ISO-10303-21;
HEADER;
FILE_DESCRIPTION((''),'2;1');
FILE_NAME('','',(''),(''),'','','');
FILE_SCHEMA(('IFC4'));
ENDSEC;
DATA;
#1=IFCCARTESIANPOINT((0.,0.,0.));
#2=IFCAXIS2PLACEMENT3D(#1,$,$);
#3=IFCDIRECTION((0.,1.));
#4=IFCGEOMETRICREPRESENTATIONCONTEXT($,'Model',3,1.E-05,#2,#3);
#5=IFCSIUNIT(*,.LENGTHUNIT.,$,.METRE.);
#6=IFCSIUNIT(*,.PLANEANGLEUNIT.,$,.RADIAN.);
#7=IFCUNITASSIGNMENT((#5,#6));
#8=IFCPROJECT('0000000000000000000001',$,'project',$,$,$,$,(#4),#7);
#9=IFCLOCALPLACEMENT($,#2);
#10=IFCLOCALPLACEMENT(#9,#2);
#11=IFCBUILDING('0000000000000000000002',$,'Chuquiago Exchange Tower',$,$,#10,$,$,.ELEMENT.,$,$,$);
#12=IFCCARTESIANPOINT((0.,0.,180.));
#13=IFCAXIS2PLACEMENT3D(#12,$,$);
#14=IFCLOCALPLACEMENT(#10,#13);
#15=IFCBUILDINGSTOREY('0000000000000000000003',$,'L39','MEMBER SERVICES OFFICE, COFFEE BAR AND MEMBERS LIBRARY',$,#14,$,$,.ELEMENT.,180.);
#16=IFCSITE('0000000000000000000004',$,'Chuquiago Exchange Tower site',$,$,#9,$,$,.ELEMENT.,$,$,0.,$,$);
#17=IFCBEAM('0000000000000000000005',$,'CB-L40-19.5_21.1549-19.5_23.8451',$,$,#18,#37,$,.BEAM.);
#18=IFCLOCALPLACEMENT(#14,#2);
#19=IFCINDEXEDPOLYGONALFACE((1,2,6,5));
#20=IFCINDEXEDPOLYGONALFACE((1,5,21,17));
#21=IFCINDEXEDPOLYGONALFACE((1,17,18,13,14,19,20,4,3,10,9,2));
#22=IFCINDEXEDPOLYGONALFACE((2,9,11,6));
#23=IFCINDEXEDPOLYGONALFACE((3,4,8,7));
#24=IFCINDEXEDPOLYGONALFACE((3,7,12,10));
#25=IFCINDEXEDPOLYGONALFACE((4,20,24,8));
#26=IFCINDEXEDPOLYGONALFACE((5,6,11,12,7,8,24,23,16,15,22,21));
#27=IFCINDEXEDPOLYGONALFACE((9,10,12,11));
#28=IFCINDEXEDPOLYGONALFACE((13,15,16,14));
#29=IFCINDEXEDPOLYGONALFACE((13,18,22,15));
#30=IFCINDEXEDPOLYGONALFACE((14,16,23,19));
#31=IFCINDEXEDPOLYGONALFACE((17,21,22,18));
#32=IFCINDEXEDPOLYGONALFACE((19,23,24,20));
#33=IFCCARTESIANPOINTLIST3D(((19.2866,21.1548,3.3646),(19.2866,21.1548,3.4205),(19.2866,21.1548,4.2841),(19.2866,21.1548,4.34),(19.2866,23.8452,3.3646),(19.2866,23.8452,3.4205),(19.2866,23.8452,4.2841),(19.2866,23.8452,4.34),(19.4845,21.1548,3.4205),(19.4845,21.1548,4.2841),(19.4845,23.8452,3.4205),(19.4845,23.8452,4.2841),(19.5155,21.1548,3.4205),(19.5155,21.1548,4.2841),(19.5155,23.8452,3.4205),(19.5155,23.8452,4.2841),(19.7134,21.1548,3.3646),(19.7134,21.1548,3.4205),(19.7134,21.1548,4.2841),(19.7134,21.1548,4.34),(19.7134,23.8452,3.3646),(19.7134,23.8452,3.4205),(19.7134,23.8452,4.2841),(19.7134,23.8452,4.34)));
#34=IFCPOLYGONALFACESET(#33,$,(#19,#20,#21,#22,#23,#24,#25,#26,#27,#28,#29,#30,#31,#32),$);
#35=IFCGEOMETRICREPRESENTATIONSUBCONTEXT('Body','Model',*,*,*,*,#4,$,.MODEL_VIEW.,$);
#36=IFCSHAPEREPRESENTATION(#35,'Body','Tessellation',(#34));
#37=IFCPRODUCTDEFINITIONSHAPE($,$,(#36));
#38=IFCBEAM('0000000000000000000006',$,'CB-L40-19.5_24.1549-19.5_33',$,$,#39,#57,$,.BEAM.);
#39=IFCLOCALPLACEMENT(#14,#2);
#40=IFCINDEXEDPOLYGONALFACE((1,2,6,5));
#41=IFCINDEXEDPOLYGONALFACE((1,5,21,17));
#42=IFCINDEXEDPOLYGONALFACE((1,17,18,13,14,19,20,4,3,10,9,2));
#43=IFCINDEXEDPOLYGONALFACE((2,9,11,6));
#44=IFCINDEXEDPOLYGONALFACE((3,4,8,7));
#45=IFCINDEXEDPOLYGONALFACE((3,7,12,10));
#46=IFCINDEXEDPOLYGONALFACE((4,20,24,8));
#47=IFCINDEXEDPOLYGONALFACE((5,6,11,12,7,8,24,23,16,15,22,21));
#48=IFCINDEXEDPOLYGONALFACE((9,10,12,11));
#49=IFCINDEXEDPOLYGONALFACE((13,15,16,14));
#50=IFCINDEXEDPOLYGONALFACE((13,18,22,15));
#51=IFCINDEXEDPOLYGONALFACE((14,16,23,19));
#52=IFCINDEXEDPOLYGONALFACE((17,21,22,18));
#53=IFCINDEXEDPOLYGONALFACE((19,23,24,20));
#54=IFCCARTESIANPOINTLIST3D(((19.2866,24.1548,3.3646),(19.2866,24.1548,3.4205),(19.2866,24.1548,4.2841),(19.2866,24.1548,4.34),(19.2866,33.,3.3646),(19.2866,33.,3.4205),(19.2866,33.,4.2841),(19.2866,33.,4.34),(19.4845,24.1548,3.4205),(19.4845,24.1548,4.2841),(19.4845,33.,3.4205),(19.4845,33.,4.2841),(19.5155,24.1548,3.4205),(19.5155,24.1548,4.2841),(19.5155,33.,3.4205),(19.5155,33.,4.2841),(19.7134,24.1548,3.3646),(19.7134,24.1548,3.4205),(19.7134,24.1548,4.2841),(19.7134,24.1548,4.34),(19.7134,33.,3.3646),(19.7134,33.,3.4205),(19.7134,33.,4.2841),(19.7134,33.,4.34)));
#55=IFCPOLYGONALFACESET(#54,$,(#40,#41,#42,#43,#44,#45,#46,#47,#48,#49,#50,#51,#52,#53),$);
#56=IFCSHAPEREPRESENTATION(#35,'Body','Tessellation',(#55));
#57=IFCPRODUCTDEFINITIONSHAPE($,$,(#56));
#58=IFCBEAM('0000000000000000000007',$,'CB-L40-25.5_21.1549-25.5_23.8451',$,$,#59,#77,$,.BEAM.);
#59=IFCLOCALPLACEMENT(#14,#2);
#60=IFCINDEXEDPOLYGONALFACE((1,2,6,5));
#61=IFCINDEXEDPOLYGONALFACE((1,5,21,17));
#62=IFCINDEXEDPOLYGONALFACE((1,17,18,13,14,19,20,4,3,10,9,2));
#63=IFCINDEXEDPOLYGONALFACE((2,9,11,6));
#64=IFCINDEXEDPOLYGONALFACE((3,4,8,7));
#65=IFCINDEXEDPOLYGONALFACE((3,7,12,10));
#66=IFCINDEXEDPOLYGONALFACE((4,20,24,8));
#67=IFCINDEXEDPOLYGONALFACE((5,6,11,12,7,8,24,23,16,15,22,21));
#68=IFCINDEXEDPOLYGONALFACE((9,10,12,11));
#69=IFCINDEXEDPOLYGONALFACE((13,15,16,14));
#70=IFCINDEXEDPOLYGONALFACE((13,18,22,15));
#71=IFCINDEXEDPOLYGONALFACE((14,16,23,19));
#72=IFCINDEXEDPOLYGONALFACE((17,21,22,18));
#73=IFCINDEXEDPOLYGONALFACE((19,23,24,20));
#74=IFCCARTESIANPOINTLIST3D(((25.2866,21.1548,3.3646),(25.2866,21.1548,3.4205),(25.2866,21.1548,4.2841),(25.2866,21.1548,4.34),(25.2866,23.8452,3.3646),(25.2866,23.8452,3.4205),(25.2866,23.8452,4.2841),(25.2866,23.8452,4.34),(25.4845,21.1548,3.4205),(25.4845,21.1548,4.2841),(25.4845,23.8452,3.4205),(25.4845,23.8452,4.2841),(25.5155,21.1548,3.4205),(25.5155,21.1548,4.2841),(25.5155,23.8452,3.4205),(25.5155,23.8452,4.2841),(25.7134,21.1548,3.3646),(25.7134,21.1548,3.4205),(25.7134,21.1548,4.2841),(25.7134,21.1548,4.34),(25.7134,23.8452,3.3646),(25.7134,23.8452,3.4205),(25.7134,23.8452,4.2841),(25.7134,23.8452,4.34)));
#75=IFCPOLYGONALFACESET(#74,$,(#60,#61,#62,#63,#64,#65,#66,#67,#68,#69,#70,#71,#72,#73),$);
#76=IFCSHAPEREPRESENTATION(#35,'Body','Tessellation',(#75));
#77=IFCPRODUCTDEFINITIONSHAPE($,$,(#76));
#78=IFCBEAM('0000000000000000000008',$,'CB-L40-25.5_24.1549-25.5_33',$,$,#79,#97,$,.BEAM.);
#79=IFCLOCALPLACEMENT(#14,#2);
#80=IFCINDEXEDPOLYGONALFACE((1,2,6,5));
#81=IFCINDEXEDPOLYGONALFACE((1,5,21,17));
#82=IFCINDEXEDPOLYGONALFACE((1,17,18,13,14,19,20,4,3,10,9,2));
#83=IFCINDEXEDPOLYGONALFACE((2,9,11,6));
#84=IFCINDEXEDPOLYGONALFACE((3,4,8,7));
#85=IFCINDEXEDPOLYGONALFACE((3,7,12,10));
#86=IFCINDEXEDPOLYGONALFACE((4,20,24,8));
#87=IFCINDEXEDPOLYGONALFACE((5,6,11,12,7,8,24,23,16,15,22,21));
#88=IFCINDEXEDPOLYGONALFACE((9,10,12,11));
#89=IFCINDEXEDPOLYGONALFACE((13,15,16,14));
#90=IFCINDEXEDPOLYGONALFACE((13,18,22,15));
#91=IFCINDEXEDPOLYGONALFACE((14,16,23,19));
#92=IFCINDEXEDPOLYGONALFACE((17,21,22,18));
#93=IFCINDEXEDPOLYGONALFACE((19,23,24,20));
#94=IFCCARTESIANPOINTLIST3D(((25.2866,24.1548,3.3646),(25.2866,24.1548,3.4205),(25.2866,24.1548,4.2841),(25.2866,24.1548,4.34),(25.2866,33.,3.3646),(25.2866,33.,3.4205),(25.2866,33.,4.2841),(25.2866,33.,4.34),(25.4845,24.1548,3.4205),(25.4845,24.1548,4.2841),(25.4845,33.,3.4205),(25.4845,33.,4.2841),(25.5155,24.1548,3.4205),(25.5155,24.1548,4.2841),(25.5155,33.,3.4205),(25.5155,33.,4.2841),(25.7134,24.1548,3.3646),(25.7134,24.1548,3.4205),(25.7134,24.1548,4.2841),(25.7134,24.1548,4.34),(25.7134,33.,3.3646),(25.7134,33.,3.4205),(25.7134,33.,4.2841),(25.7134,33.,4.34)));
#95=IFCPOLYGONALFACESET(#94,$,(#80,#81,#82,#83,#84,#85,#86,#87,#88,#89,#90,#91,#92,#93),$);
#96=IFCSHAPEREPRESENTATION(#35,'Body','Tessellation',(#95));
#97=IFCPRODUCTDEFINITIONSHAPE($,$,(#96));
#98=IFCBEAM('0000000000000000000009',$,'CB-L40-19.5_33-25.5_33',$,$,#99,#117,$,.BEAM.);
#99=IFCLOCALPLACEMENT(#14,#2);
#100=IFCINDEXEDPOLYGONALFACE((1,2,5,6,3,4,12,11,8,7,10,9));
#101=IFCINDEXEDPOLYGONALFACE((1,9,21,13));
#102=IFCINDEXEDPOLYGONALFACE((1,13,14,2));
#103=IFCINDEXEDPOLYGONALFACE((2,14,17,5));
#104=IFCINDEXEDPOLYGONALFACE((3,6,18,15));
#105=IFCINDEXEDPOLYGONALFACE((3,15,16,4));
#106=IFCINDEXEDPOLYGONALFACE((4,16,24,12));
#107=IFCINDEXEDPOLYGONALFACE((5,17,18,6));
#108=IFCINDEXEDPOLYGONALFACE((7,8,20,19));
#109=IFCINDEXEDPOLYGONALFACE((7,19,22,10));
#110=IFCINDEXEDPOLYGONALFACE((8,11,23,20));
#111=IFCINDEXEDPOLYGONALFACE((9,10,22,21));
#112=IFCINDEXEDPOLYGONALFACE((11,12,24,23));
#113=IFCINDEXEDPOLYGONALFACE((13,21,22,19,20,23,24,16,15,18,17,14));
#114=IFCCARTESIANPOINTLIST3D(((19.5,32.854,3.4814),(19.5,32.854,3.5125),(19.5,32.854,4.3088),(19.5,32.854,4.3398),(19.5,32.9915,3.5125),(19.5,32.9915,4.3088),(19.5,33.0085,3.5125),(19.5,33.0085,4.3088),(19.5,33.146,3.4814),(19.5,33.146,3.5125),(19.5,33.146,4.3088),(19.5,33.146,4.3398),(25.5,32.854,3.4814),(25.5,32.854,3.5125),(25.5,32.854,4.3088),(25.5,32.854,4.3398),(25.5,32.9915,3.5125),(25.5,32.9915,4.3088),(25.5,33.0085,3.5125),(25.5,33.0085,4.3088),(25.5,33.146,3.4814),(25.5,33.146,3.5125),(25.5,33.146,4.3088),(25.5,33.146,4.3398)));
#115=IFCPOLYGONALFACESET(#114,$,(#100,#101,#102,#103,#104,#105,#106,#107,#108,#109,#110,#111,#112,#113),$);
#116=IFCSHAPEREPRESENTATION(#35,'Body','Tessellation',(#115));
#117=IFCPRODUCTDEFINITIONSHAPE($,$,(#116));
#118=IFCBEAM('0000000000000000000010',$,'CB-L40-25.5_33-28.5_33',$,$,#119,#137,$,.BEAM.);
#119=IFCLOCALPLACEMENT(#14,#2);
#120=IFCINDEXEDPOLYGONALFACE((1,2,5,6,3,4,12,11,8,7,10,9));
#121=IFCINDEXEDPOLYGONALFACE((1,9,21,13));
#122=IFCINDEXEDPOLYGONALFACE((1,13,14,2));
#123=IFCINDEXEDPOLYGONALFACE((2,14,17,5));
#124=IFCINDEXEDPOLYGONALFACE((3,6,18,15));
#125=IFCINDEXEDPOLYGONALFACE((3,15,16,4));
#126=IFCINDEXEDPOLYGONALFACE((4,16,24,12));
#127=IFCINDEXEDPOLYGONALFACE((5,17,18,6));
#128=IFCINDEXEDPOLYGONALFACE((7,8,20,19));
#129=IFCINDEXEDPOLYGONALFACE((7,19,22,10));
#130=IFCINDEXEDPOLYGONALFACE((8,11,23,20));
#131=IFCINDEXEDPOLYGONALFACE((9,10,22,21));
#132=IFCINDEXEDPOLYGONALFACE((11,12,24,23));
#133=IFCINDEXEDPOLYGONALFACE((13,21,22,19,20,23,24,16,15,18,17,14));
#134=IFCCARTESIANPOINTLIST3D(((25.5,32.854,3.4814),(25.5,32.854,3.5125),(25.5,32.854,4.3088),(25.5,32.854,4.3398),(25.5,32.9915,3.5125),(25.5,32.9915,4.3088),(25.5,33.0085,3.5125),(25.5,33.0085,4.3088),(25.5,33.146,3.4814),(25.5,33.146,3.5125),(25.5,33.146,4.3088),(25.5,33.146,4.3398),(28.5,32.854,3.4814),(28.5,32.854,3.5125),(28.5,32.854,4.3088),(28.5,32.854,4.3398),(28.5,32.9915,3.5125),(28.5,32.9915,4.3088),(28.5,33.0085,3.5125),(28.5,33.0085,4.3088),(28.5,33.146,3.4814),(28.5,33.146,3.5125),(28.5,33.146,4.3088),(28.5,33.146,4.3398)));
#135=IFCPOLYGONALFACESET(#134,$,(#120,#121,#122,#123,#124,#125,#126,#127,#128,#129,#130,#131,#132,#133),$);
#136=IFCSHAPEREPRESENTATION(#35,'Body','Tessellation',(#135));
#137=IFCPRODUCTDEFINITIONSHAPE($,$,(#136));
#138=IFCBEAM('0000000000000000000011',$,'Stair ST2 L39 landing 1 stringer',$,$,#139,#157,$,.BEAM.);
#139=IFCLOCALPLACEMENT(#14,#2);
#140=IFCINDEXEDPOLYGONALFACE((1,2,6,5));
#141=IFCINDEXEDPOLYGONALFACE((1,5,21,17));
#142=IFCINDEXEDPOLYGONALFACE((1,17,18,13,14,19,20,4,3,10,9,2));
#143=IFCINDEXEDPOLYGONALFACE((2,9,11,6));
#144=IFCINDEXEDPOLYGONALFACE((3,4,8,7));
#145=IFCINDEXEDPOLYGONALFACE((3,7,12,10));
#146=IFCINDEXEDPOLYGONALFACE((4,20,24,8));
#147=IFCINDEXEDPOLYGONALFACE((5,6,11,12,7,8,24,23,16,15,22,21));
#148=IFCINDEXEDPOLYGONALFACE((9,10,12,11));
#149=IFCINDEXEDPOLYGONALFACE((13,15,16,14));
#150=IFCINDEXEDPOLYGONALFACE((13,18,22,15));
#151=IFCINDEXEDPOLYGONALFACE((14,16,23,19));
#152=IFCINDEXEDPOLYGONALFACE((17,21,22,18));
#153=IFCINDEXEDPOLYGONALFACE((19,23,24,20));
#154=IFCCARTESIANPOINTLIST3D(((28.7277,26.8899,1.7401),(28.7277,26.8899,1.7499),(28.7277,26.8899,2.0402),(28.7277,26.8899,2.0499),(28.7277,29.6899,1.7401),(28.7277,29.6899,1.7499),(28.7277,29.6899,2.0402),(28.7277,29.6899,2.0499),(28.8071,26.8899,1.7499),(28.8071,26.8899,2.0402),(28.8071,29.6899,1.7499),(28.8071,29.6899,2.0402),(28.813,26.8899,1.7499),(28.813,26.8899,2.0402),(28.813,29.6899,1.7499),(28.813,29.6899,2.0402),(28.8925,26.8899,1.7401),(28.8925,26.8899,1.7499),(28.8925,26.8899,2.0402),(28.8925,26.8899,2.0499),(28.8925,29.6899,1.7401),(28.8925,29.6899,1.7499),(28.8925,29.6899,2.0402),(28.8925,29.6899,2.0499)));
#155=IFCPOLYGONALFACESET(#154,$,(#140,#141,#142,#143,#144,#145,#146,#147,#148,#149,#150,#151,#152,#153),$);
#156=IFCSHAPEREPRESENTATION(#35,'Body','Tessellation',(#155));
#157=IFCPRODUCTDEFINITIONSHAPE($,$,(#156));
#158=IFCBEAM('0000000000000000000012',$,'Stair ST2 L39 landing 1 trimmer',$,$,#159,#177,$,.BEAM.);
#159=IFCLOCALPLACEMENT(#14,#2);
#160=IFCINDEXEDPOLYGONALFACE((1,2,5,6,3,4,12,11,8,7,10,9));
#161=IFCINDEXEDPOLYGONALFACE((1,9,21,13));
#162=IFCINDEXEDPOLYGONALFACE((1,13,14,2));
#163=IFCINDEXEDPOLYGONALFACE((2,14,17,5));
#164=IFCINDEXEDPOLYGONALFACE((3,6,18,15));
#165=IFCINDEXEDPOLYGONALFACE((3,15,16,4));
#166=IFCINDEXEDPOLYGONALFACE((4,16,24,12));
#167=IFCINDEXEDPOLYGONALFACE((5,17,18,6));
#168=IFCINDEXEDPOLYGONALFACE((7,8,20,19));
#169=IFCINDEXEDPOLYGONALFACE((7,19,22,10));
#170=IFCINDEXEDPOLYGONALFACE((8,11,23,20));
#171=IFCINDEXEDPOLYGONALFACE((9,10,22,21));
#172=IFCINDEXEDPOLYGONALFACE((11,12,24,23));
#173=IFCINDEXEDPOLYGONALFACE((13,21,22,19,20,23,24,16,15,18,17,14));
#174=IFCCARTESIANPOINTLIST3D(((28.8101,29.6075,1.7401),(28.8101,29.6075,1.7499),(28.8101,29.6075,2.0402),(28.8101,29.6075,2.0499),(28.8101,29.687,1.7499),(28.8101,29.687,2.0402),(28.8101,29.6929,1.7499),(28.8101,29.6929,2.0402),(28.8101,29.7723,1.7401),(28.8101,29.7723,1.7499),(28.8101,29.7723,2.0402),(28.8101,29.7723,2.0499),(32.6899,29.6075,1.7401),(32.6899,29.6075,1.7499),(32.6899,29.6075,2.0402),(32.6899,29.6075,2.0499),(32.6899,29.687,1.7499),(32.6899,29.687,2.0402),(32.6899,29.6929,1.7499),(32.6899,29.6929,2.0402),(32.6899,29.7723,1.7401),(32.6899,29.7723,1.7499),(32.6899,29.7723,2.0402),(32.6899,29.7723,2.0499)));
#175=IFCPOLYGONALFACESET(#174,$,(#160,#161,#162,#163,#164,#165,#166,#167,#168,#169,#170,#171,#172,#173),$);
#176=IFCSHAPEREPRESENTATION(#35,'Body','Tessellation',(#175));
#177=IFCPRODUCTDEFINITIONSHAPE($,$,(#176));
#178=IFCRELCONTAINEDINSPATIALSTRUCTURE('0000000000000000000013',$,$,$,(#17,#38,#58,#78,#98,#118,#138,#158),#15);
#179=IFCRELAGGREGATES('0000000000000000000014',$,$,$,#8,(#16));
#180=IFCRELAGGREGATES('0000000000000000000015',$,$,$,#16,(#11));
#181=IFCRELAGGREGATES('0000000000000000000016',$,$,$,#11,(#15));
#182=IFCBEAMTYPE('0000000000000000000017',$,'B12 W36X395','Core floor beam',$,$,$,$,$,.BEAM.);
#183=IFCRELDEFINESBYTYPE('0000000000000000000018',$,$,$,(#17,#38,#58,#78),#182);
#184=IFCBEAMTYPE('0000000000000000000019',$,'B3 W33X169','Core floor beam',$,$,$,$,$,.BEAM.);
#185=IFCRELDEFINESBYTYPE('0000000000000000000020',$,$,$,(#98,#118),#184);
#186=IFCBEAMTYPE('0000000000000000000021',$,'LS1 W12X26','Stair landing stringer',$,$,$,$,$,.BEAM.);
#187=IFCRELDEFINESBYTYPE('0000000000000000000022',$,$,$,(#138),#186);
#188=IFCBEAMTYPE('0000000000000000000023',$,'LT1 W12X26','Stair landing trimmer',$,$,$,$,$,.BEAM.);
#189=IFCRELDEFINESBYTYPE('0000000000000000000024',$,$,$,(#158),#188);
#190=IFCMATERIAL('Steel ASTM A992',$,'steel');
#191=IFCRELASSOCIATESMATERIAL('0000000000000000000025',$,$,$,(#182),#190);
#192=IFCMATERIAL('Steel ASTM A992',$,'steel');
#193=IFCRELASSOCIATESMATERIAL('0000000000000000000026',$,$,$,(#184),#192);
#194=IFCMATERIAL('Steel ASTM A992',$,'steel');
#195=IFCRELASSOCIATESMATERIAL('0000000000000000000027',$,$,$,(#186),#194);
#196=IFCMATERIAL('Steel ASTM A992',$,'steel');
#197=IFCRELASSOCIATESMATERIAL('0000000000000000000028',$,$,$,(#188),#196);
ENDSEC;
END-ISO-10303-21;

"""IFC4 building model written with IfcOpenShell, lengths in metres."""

from ifc_helpers import new_model, si_unit, direction, frame, origin, origin_2d, place, context, subcontext, project, spatial, i_section, extrude, material, material_profile, profile_set, type_object, element, save


model = new_model("IFC4")

# Units and contexts
model_context = context("Model", 3, precision=1e-05, world=origin(), true_north=direction((0.0, 1.0)))
body_context = subcontext(model_context, "Body", "Model", "MODEL_VIEW")
ifc_project = project(units=[si_unit("LENGTHUNIT", "METRE"), si_unit("PLANEANGLEUNIT", "RADIAN")], contexts=[model_context])

# Site, building, storey
site_placement = place(None, origin())
site = spatial("IfcSite", under=ifc_project, at=site_placement, Name="Chuquiago Exchange Tower site", CompositionType="ELEMENT", RefElevation=0.0)
building_placement = place(site_placement, origin())
building = spatial("IfcBuilding", under=site, at=building_placement, Name="Chuquiago Exchange Tower", CompositionType="ELEMENT")
storey_placement = place(building_placement, frame((0.0, 0.0, 180.0)))
storey = spatial("IfcBuildingStorey", under=building, at=storey_placement, Name="L39", Description="MEMBER SERVICES OFFICE, COFFEE BAR AND MEMBERS LIBRARY", CompositionType="ELEMENT", Elevation=180.0)

# Beams
ifc_material_1 = material(Name="Steel ASTM A992", Category="steel")
ifc_material_profile_1 = material_profile(ifc_material_1, i_section(OverallWidth=0.4268, OverallDepth=0.9753, WebThickness=0.031, FlangeThickness=0.0559, at=origin_2d()), Name="W36X395")
ifc_profile_set_1 = profile_set([ifc_material_profile_1], Name="Steel ASTM A992")
beam_type_1 = type_object("IfcBeamType", Name="B12 W36X395", Description="Core floor beam", PredefinedType="BEAM", material=ifc_profile_set_1)
beam_1_placement = place(storey_placement, frame((19.5, 21.1548, 3.8523), z_axis=(0.0, 1.0, 0.0), x_axis=(-1.0, 0.0, 0.0)))
element("IfcBeam", 1, at=beam_1_placement, inside=storey, type_object=beam_type_1, Name="CB-L40-19.5_21.1549-19.5_23.8451", PredefinedType="BEAM", context=body_context, shape_type="SweptSolid", body=[
    extrude(i_section(OverallWidth=0.4268, OverallDepth=0.9753, WebThickness=0.031, FlangeThickness=0.0559, at=origin_2d()), origin(), (0.0, 0.0, 1.0), 2.6904),
])
beam_2_placement = place(storey_placement, frame((19.5, 24.1548, 3.8523), z_axis=(0.0, 1.0, 0.0), x_axis=(-1.0, 0.0, 0.0)))
element("IfcBeam", 2, at=beam_2_placement, inside=storey, type_object=beam_type_1, Name="CB-L40-19.5_24.1549-19.5_33", PredefinedType="BEAM", context=body_context, shape_type="SweptSolid", body=[
    extrude(i_section(OverallWidth=0.4268, OverallDepth=0.9753, WebThickness=0.031, FlangeThickness=0.0559, at=origin_2d()), origin(), (0.0, 0.0, 1.0), 8.8452),
])
beam_3_placement = place(storey_placement, frame((25.5, 21.1548, 3.8523), z_axis=(0.0, 1.0, 0.0), x_axis=(-1.0, 0.0, 0.0)))
element("IfcBeam", 3, at=beam_3_placement, inside=storey, type_object=beam_type_1, Name="CB-L40-25.5_21.1549-25.5_23.8451", PredefinedType="BEAM", context=body_context, shape_type="SweptSolid", body=[
    extrude(i_section(OverallWidth=0.4268, OverallDepth=0.9753, WebThickness=0.031, FlangeThickness=0.0559, at=origin_2d()), origin(), (0.0, 0.0, 1.0), 2.6904),
])
beam_4_placement = place(storey_placement, frame((25.5, 24.1548, 3.8523), z_axis=(0.0, 1.0, 0.0), x_axis=(-1.0, 0.0, 0.0)))
element("IfcBeam", 4, at=beam_4_placement, inside=storey, type_object=beam_type_1, Name="CB-L40-25.5_24.1549-25.5_33", PredefinedType="BEAM", context=body_context, shape_type="SweptSolid", body=[
    extrude(i_section(OverallWidth=0.4268, OverallDepth=0.9753, WebThickness=0.031, FlangeThickness=0.0559, at=origin_2d()), origin(), (0.0, 0.0, 1.0), 8.8452),
])
ifc_material_2 = material(Name="Steel ASTM A992", Category="steel")
ifc_material_profile_2 = material_profile(ifc_material_2, i_section(OverallWidth=0.292, OverallDepth=0.8584, WebThickness=0.0171, FlangeThickness=0.031, at=origin_2d()), Name="W33X169")
ifc_profile_set_2 = profile_set([ifc_material_profile_2], Name="Steel ASTM A992")
beam_type_2 = type_object("IfcBeamType", Name="B3 W33X169", Description="Core floor beam", PredefinedType="BEAM", material=ifc_profile_set_2)
beam_5_placement = place(storey_placement, frame((19.5, 33.0, 3.9106), z_axis=(1.0, 0.0, 0.0), x_axis=(0.0, 1.0, 0.0)))
element("IfcBeam", 5, at=beam_5_placement, inside=storey, type_object=beam_type_2, Name="CB-L40-19.5_33-25.5_33", PredefinedType="BEAM", context=body_context, shape_type="SweptSolid", body=[
    extrude(i_section(OverallWidth=0.292, OverallDepth=0.8584, WebThickness=0.0171, FlangeThickness=0.031, at=origin_2d()), origin(), (0.0, 0.0, 1.0), 6.0),
])
beam_6_placement = place(storey_placement, frame((25.5, 33.0, 3.9106), z_axis=(1.0, 0.0, 0.0), x_axis=(0.0, 1.0, 0.0)))
element("IfcBeam", 6, at=beam_6_placement, inside=storey, type_object=beam_type_2, Name="CB-L40-25.5_33-28.5_33", PredefinedType="BEAM", context=body_context, shape_type="SweptSolid", body=[
    extrude(i_section(OverallWidth=0.292, OverallDepth=0.8584, WebThickness=0.0171, FlangeThickness=0.031, at=origin_2d()), origin(), (0.0, 0.0, 1.0), 3.0),
])
ifc_material_3 = material(Name="Steel ASTM A992", Category="steel")
ifc_material_profile_3 = material_profile(ifc_material_3, i_section(OverallWidth=0.1648, OverallDepth=0.3098, WebThickness=0.0059, FlangeThickness=0.0098, at=origin_2d()), Name="W12X26")
ifc_profile_set_3 = profile_set([ifc_material_profile_3], Name="Steel ASTM A992")
beam_type_3 = type_object("IfcBeamType", Name="LS1 W12X26", Description="Stair landing stringer", PredefinedType="BEAM", material=ifc_profile_set_3)
beam_7_placement = place(storey_placement, frame((28.8101, 26.8899, 1.895), z_axis=(0.0, 1.0, 0.0), x_axis=(-1.0, 0.0, 0.0)))
element("IfcBeam", 7, at=beam_7_placement, inside=storey, type_object=beam_type_3, Name="Stair ST2 L39 landing 1 stringer", PredefinedType="BEAM", context=body_context, shape_type="SweptSolid", body=[
    extrude(i_section(OverallWidth=0.1648, OverallDepth=0.3098, WebThickness=0.0059, FlangeThickness=0.0098, at=origin_2d()), origin(), (0.0, 0.0, 1.0), 2.8),
])
ifc_material_4 = material(Name="Steel ASTM A992", Category="steel")
ifc_material_profile_4 = material_profile(ifc_material_4, i_section(OverallWidth=0.1648, OverallDepth=0.3098, WebThickness=0.0059, FlangeThickness=0.0098, at=origin_2d()), Name="W12X26")
ifc_profile_set_4 = profile_set([ifc_material_profile_4], Name="Steel ASTM A992")
beam_type_4 = type_object("IfcBeamType", Name="LT1 W12X26", Description="Stair landing trimmer", PredefinedType="BEAM", material=ifc_profile_set_4)
for number, where, z_axis, x_axis, name in (
    (8, (28.8101, 29.6899, 1.895), (1.0, 0.0, 0.0), (0.0, 1.0, 0.0), "Stair ST2 L39 landing 1 trimmer"),
):
    element("IfcBeam", number, at=place(storey_placement, frame(where, z_axis=z_axis, x_axis=x_axis)), inside=storey, type_object=beam_type_4, Name=name, PredefinedType="BEAM", context=body_context, shape_type="SweptSolid", body=[
        extrude(i_section(OverallWidth=0.1648, OverallDepth=0.3098, WebThickness=0.0059, FlangeThickness=0.0098, at=origin_2d()), origin(), (0.0, 0.0, 1.0), 3.8799),
    ])

save(model, "model.ifc")
